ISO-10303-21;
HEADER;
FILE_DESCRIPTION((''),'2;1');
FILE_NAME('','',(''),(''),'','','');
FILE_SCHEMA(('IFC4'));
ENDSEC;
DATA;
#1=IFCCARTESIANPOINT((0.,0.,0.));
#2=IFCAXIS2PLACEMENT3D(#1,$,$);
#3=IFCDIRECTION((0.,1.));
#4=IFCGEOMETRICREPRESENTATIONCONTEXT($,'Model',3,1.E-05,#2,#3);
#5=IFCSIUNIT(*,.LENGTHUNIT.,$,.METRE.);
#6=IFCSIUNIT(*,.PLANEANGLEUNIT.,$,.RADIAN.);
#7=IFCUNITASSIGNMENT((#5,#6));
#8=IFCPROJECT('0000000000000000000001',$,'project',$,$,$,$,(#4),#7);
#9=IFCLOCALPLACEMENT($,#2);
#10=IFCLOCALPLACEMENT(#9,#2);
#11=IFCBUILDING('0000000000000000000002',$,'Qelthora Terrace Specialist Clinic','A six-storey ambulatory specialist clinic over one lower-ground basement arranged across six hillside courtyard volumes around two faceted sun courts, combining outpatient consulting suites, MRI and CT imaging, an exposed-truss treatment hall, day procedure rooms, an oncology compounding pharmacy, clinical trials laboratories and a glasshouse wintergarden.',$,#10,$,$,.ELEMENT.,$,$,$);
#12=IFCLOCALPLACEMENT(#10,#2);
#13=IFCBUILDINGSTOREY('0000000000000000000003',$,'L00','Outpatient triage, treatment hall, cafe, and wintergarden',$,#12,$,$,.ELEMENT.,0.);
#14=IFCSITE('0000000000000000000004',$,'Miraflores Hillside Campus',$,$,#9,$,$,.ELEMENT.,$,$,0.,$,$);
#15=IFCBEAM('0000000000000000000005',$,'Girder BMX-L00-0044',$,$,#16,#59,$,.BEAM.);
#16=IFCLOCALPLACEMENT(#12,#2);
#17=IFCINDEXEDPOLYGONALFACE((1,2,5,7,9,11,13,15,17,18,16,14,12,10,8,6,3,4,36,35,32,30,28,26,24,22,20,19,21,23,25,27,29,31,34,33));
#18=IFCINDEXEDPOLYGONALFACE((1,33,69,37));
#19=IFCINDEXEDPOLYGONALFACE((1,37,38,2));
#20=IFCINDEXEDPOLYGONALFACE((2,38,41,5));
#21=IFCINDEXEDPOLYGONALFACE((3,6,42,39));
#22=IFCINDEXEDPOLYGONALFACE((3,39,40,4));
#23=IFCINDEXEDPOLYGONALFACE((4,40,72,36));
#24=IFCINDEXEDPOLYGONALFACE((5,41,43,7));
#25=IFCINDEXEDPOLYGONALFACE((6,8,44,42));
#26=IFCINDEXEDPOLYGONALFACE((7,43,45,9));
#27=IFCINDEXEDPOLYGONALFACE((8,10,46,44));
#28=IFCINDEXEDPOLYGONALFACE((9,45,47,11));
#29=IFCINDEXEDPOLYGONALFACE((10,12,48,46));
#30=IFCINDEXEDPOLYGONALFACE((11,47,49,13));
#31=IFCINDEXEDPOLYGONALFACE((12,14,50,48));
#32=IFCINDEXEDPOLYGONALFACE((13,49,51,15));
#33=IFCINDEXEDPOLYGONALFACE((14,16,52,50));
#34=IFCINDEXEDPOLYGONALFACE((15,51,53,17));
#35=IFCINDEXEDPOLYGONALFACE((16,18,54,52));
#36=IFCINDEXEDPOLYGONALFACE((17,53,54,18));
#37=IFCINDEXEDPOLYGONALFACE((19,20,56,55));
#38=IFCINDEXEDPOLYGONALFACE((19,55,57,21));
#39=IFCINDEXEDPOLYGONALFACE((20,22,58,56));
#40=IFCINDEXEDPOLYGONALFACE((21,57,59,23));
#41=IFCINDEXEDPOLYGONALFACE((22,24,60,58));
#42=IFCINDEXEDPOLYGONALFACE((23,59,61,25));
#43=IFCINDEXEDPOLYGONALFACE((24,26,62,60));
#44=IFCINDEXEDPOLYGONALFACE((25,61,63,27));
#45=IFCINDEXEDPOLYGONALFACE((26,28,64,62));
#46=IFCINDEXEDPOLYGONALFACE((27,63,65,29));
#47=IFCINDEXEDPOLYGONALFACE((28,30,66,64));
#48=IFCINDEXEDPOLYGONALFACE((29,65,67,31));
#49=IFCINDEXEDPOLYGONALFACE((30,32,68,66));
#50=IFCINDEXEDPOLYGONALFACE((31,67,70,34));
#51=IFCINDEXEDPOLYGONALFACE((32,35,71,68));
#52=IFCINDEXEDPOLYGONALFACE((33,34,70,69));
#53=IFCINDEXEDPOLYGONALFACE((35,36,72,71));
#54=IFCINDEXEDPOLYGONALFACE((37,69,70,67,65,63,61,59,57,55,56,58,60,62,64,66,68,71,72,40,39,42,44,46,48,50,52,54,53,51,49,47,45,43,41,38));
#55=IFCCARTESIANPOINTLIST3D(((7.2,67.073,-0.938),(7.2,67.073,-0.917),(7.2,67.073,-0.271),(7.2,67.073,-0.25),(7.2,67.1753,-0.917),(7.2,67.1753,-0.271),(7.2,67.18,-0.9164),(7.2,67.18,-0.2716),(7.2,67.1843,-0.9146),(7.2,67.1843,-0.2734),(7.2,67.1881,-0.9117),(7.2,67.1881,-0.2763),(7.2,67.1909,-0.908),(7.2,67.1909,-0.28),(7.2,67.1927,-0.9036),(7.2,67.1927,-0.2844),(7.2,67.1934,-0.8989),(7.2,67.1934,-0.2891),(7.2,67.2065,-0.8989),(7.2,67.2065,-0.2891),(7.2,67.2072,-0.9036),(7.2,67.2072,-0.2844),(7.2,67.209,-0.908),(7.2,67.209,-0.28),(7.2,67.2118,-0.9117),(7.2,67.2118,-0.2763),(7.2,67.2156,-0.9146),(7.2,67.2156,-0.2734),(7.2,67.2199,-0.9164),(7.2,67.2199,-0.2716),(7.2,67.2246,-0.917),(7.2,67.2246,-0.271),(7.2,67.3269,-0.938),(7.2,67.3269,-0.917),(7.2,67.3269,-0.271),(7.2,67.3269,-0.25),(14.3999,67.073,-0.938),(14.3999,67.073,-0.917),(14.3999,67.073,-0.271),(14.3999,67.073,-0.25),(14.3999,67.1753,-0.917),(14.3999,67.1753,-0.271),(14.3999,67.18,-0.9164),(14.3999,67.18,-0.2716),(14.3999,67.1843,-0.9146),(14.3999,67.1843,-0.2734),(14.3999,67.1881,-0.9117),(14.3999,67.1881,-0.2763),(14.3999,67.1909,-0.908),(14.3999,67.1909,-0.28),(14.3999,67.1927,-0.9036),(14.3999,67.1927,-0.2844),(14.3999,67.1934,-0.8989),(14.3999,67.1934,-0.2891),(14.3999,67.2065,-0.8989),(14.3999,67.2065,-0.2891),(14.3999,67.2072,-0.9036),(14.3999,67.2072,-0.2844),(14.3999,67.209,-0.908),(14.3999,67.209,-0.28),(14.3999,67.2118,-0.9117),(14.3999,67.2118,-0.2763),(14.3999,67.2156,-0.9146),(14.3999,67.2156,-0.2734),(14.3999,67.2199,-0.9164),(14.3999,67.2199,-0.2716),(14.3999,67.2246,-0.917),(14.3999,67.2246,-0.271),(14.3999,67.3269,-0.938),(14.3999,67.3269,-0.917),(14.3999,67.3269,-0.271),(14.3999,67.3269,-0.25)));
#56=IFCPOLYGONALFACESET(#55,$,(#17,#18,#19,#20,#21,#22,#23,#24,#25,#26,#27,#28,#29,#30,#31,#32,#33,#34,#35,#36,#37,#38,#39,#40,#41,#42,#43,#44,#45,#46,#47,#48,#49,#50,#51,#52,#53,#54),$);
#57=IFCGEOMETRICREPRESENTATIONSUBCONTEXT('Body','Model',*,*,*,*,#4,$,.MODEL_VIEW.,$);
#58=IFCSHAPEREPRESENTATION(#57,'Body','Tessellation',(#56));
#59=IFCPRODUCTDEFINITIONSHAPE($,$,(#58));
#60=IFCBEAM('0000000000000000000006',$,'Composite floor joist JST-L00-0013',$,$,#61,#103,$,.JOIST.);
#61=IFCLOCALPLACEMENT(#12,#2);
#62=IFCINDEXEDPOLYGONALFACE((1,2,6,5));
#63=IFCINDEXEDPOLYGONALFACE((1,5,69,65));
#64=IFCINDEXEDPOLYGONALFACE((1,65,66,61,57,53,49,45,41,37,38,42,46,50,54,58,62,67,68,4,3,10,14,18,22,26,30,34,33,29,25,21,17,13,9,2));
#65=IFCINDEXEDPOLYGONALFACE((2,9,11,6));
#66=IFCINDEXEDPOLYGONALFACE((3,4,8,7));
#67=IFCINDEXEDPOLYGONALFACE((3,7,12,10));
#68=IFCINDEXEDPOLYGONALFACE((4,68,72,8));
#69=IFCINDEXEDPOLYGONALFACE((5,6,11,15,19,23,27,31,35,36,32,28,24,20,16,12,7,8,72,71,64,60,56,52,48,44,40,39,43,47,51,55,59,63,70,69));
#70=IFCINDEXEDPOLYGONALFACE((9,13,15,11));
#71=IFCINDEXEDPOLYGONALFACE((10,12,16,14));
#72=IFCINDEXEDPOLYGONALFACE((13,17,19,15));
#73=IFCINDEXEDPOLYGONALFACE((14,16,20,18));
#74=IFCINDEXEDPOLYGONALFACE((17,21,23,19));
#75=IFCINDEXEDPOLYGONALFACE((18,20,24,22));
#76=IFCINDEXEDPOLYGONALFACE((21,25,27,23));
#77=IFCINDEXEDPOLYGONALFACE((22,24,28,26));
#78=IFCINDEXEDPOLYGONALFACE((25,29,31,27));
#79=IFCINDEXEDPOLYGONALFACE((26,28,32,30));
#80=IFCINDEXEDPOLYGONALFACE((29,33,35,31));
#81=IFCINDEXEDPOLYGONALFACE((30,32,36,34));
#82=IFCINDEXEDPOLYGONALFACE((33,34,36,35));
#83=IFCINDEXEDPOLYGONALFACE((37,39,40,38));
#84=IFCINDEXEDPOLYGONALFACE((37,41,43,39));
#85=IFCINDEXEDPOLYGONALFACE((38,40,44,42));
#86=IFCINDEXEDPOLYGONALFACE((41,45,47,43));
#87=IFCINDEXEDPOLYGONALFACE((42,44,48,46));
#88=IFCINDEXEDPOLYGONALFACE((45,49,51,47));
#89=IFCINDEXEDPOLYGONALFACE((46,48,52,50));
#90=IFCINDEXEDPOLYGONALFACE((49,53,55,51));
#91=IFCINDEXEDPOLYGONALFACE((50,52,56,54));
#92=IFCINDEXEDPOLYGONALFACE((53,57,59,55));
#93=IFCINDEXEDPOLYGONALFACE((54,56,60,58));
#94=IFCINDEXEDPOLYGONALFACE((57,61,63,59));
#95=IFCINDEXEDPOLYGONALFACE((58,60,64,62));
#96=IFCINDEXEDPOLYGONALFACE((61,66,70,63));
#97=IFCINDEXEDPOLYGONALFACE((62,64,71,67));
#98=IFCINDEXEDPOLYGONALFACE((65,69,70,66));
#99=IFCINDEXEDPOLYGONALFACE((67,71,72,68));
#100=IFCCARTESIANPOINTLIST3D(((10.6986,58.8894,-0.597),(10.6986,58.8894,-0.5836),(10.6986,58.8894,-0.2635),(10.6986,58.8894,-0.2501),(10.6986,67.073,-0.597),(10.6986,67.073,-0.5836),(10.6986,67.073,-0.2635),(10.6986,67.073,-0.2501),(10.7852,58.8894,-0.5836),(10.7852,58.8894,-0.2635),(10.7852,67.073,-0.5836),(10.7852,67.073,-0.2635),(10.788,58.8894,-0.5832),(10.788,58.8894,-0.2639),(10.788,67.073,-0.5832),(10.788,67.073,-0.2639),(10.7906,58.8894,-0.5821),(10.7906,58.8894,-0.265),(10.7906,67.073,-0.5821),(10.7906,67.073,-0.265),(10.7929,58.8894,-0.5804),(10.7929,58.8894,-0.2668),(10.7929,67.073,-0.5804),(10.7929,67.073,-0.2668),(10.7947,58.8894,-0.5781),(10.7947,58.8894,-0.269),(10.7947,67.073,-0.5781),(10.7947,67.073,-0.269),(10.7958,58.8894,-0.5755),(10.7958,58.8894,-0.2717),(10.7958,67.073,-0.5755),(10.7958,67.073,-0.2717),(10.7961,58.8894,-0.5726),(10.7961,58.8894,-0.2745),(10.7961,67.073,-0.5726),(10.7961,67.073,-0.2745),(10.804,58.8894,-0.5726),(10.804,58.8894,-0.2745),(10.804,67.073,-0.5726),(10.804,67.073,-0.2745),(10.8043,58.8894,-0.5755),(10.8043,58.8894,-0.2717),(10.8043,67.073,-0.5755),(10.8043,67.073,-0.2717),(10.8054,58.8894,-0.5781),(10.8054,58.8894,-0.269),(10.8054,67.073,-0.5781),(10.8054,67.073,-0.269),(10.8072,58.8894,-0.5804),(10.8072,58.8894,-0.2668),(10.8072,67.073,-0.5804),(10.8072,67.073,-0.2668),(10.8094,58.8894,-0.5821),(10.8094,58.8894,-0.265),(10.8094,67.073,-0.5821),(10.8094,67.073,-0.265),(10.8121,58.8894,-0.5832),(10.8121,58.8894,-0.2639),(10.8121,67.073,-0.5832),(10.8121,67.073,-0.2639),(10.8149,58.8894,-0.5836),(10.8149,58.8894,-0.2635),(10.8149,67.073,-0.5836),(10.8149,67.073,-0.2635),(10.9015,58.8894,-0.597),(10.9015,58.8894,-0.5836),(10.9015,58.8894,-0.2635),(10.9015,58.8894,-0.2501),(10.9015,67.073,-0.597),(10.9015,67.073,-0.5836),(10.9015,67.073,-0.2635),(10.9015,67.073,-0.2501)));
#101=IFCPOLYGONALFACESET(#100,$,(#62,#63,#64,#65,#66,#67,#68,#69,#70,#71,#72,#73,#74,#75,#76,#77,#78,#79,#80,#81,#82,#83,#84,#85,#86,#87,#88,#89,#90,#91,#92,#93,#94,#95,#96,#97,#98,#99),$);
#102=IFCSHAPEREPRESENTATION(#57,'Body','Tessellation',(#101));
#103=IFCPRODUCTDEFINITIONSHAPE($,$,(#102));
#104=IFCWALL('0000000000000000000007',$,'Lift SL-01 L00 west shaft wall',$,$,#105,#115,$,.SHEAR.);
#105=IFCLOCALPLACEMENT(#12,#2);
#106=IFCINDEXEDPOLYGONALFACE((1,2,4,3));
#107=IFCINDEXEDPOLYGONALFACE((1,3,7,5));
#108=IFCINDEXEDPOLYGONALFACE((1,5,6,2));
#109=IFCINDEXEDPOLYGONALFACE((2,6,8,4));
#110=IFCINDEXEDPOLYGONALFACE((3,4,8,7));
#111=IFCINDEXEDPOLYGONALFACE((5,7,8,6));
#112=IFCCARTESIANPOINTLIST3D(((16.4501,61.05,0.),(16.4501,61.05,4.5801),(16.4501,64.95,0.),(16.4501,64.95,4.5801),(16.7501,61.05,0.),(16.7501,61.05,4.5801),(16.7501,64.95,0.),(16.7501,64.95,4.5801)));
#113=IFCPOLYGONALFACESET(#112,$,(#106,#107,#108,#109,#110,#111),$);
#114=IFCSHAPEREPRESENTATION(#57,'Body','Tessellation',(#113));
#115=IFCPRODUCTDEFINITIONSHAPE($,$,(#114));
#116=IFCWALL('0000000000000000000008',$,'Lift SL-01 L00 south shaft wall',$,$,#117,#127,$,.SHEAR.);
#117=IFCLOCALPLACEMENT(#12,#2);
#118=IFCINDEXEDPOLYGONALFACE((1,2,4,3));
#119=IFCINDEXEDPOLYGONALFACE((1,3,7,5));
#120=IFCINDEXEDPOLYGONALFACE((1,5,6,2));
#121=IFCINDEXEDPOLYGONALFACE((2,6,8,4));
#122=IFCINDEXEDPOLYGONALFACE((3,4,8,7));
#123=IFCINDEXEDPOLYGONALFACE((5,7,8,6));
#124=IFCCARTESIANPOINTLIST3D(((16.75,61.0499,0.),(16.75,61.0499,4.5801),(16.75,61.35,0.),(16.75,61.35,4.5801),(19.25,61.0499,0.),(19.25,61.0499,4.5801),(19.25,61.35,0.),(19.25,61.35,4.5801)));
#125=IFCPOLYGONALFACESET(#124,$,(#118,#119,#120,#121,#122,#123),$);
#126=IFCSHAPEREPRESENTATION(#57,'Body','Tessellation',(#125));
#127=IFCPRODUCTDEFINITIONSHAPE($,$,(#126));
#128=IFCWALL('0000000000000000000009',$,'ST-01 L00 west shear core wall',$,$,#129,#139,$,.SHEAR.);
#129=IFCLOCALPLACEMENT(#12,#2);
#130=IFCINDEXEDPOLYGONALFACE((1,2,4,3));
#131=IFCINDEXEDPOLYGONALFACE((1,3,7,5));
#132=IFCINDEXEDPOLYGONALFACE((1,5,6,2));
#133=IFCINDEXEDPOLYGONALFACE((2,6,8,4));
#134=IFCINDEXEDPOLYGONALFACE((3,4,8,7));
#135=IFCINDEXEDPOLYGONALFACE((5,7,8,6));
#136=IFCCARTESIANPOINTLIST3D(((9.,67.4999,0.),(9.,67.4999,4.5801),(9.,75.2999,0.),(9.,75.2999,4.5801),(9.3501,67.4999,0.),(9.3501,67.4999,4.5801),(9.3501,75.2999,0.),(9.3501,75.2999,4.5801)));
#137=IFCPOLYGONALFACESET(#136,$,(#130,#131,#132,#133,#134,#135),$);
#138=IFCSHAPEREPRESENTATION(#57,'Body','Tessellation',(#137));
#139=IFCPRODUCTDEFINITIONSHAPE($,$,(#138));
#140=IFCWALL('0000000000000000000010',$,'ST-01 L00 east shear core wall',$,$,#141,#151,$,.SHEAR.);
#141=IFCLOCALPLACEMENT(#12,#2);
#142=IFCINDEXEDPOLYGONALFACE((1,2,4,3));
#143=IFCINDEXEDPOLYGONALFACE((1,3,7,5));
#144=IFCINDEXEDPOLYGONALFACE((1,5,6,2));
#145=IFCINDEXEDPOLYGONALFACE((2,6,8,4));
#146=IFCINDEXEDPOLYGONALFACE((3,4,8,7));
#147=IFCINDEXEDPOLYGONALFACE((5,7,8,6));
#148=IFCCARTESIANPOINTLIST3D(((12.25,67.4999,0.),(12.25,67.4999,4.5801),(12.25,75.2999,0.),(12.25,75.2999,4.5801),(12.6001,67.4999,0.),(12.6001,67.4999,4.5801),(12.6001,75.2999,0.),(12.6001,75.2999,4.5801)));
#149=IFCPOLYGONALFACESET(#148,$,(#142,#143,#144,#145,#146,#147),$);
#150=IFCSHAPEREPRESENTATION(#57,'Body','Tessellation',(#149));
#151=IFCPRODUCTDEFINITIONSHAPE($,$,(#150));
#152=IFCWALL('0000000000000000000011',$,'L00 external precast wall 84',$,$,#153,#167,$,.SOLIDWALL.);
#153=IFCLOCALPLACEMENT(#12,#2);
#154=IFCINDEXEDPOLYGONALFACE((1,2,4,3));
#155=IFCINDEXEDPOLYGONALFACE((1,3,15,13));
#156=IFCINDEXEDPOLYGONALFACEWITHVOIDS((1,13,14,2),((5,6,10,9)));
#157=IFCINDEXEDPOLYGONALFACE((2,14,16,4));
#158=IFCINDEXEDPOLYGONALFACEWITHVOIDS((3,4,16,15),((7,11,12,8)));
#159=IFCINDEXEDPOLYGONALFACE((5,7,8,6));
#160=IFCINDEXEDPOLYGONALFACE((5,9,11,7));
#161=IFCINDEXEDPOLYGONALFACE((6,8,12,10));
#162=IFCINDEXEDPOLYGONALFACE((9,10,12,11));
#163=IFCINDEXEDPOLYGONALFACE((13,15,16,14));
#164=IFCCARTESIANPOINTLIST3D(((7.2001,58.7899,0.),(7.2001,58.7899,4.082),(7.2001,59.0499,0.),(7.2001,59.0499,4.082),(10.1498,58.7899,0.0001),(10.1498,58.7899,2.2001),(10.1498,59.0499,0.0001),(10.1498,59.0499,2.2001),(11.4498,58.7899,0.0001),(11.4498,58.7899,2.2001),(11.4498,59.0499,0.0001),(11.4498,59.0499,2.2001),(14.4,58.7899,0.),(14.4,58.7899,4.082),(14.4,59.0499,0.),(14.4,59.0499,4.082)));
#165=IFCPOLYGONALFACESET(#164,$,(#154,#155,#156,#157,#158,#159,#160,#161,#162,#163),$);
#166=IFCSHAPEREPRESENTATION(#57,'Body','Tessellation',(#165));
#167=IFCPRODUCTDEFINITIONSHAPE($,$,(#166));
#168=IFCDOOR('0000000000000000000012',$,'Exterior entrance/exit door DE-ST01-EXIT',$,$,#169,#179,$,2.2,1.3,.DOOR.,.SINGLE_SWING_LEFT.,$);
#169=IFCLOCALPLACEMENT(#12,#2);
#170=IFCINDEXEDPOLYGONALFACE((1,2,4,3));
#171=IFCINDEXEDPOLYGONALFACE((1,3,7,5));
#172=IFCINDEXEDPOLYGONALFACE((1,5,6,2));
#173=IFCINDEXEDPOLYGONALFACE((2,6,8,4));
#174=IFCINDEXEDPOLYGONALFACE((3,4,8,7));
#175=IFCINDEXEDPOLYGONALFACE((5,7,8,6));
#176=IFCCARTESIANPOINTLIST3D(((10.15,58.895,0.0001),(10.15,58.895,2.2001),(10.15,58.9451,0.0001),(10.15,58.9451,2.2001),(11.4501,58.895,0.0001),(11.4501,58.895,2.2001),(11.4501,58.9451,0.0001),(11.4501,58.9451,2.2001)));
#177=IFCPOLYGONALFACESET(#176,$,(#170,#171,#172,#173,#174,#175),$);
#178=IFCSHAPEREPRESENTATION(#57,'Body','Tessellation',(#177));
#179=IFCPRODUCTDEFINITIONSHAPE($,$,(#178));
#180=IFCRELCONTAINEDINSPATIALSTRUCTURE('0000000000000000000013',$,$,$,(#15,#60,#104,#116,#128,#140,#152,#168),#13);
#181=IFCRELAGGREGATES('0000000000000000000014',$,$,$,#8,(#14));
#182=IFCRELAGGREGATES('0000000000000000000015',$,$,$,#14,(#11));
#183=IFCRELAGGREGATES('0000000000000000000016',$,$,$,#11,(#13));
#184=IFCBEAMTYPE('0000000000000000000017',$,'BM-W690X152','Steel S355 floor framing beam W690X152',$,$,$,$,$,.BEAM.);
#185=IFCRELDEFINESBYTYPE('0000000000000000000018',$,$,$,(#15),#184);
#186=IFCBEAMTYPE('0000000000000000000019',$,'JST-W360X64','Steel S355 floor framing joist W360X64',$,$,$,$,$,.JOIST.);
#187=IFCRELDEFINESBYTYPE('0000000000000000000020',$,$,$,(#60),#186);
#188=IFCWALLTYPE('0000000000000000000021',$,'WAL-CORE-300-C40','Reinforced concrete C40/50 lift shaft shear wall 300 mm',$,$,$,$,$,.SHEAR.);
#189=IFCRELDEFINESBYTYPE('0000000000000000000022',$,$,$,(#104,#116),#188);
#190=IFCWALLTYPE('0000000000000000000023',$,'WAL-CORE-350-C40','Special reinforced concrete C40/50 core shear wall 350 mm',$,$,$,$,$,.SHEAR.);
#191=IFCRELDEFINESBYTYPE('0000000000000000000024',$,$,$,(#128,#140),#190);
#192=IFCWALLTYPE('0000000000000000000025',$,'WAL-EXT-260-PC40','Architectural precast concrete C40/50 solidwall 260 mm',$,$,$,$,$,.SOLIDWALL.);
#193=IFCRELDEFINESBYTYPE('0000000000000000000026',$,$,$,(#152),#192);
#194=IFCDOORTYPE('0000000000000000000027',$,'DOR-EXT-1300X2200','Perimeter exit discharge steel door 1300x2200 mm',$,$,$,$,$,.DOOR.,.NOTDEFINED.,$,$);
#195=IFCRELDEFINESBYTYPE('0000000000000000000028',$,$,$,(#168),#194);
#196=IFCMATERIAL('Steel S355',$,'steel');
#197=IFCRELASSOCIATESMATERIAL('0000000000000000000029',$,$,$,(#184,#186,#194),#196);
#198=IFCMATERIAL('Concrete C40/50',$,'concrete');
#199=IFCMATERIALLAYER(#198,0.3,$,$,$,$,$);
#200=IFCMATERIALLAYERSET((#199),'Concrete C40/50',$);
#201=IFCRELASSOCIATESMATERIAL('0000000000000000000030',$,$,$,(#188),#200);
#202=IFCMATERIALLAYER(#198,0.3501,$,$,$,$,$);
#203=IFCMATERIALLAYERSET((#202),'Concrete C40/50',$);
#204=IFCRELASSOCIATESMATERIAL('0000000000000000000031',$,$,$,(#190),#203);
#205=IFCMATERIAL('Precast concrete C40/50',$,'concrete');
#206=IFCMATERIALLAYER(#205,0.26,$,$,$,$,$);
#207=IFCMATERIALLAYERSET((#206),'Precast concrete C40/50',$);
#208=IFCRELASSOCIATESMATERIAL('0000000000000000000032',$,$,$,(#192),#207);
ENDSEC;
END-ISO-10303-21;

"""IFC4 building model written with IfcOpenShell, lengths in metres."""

from ifc_helpers import new_model, si_unit, direction, frame, frame_2d, origin, origin_2d, place, context, subcontext, project, spatial, rectangle, i_section, extrude, material, layer, layer_set, material_profile, profile_set, type_object, element, fill, save


model = new_model("IFC4")

# Units and contexts
model_context = context("Model", 3, precision=1e-05, world=origin(), true_north=direction((0.0, 1.0)))
body_context = subcontext(model_context, "Body", "Model", "MODEL_VIEW")
ifc_project = project(units=[si_unit("LENGTHUNIT", "METRE"), si_unit("PLANEANGLEUNIT", "RADIAN")], contexts=[model_context])

# Site, building, storey
site_placement = place(None, origin())
site = spatial("IfcSite", under=ifc_project, at=site_placement, Name="Miraflores Hillside Campus", CompositionType="ELEMENT", RefElevation=0.0)
building_placement = place(site_placement, origin())
building = spatial("IfcBuilding", under=site, at=building_placement, Name="Qelthora Terrace Specialist Clinic", Description="A six-storey ambulatory specialist clinic over one lower-ground basement arranged across six hillside courtyard volumes around two faceted sun courts, combining outpatient consulting suites, MRI and CT imaging, an exposed-truss treatment hall, day procedure rooms, an oncology compounding pharmacy, clinical trials laboratories and a glasshouse wintergarden.", CompositionType="ELEMENT")
storey_placement = place(building_placement, origin())
storey = spatial("IfcBuildingStorey", under=building, at=storey_placement, Name="L00", Description="Outpatient triage, treatment hall, cafe, and wintergarden", CompositionType="ELEMENT", Elevation=0.0)

# Shared definitions
ifc_material_1 = material(Name="Steel S355", Category="steel")

# Beams
ifc_material_profile_1 = material_profile(ifc_material_1, i_section(OverallWidth=0.2539, OverallDepth=0.688, WebThickness=0.0132, FlangeThickness=0.021, FilletRadius=0.0181, at=origin_2d()), Name="W690X152")
ifc_profile_set_1 = profile_set([ifc_material_profile_1], Name="Steel S355")
beam_type_1 = type_object("IfcBeamType", Name="BM-W690X152", Description="Steel S355 floor framing beam W690X152", PredefinedType="BEAM", material=ifc_profile_set_1)
beam_1_placement = place(storey_placement, frame((7.2, 67.2, -0.594), z_axis=(1.0, 0.0, 0.0), x_axis=(0.0, 1.0, 0.0)))
element("IfcBeam", 1, at=beam_1_placement, inside=storey, type_object=beam_type_1, Name="Girder BMX-L00-0044", PredefinedType="BEAM", context=body_context, shape_type="SweptSolid", body=[
    extrude(i_section(OverallWidth=0.2539, OverallDepth=0.688, WebThickness=0.0132, FlangeThickness=0.021, FilletRadius=0.0181, at=origin_2d()), origin(), (0.0, 0.0, 1.0), 7.2),
])
ifc_material_profile_2 = material_profile(ifc_material_1, i_section(OverallWidth=0.2029, OverallDepth=0.3469, WebThickness=0.0078, FlangeThickness=0.0134, FilletRadius=0.011, at=origin_2d()), Name="W360X64")
ifc_profile_set_2 = profile_set([ifc_material_profile_2], Name="Steel S355")
beam_type_2 = type_object("IfcBeamType", Name="JST-W360X64", Description="Steel S355 floor framing joist W360X64", PredefinedType="JOIST", material=ifc_profile_set_2)
beam_2_placement = place(storey_placement, frame((10.8, 58.8894, -0.4236), z_axis=(0.0, 1.0, 0.0), x_axis=(-1.0, 0.0, 0.0)))
element("IfcBeam", 2, at=beam_2_placement, inside=storey, type_object=beam_type_2, Name="Composite floor joist JST-L00-0013", PredefinedType="JOIST", context=body_context, shape_type="SweptSolid", body=[
    extrude(i_section(OverallWidth=0.2029, OverallDepth=0.3469, WebThickness=0.0078, FlangeThickness=0.0134, FilletRadius=0.011, at=origin_2d()), origin(), (0.0, 0.0, 1.0), 8.1836),
])

# Wall
ifc_material_2 = material(Name="Concrete C40/50", Category="concrete")
ifc_layer_1 = layer(ifc_material_2, 0.3)
ifc_layer_set_1 = layer_set([ifc_layer_1], Name="Concrete C40/50")
wall_type_1 = type_object("IfcWallType", Name="WAL-CORE-300-C40", Description="Reinforced concrete C40/50 lift shaft shear wall 300 mm", PredefinedType="SHEAR", material=ifc_layer_set_1)
wall_1_placement = place(storey_placement, frame((16.6001, 61.05, 0.0), z_axis=(0.0, 0.0, 1.0), x_axis=(0.0, 1.0, 0.0)))
element("IfcWall", 3, at=wall_1_placement, inside=storey, type_object=wall_type_1, Name="Lift SL-01 L00 west shaft wall", PredefinedType="SHEAR", context=body_context, shape_type="SweptSolid", body=[
    extrude(rectangle(XDim=3.8999, YDim=0.3, at=frame_2d((1.95, 0.0))), origin(), (0.0, 0.0, 1.0), 4.5801),
])

# Walls
wall_2_placement = place(storey_placement, frame((16.75, 61.2, 0.0), z_axis=(0.0, 0.0, 1.0), x_axis=(1.0, 0.0, 0.0)))
element("IfcWall", 4, at=wall_2_placement, inside=storey, type_object=wall_type_1, Name="Lift SL-01 L00 south shaft wall", PredefinedType="SHEAR", context=body_context, shape_type="SweptSolid", body=[
    extrude(rectangle(XDim=2.5, YDim=0.3, at=frame_2d((1.25, 0.0))), origin(), (0.0, 0.0, 1.0), 4.5801),
])
ifc_layer_2 = layer(ifc_material_2, 0.3501)
ifc_layer_set_2 = layer_set([ifc_layer_2], Name="Concrete C40/50")
wall_type_2 = type_object("IfcWallType", Name="WAL-CORE-350-C40", Description="Special reinforced concrete C40/50 core shear wall 350 mm", PredefinedType="SHEAR", material=ifc_layer_set_2)
for number, where, z_axis, x_axis, name in (
    (5, (9.175, 67.5, 0.0), (0.0, 0.0, 1.0), (0.0, 1.0, 0.0), "ST-01 L00 west shear core wall"),
    (6, (12.425, 67.5, 0.0), (0.0, 0.0, 1.0), (0.0, 1.0, 0.0), "ST-01 L00 east shear core wall"),
):
    element("IfcWall", number, at=place(storey_placement, frame(where, z_axis=z_axis, x_axis=x_axis)), inside=storey, type_object=wall_type_2, Name=name, PredefinedType="SHEAR", context=body_context, shape_type="SweptSolid", body=[
        extrude(rectangle(XDim=7.8, YDim=0.3501, at=frame_2d((3.8999, 0.0))), origin(), (0.0, 0.0, 1.0), 4.5801),
    ])

# Wall, opening, door
ifc_material_3 = material(Name="Precast concrete C40/50", Category="concrete")
ifc_layer_3 = layer(ifc_material_3, 0.26)
ifc_layer_set_3 = layer_set([ifc_layer_3], Name="Precast concrete C40/50")
wall_type_3 = type_object("IfcWallType", Name="WAL-EXT-260-PC40", Description="Architectural precast concrete C40/50 solidwall 260 mm", PredefinedType="SOLIDWALL", material=ifc_layer_set_3)
wall_3_placement = place(storey_placement, frame((7.2, 58.9199, 0.0), z_axis=(0.0, 0.0, 1.0), x_axis=(1.0, 0.0, 0.0)))
wall_3 = element("IfcWall", 7, at=wall_3_placement, inside=storey, type_object=wall_type_3, Name="L00 external precast wall 84", PredefinedType="SOLIDWALL", context=body_context, shape_type="SweptSolid", body=[
    extrude(rectangle(XDim=7.2, YDim=0.26, at=frame_2d((3.6001, 0.0))), origin(), (0.0, 0.0, 1.0), 4.082),
])
opening_1_placement = place(wall_3_placement, frame((2.95, 0.0, 0.0)))
opening_1 = element("IfcOpeningElement", 8, at=opening_1_placement, cuts=wall_3, PredefinedType="OPENING", context=body_context, shape_type="SweptSolid", body=[
    extrude(rectangle(XDim=1.3, YDim=2.2, at=frame_2d((0.6499, 1.1001))), frame((0.0, 0.1399, 0.0), z_axis=(0.0, -1.0, 0.0), x_axis=(1.0, 0.0, 0.0)), (0.0, 0.0, 1.0), 0.28),
])
door_type_1 = type_object("IfcDoorType", Name="DOR-EXT-1300X2200", Description="Perimeter exit discharge steel door 1300x2200 mm", OperationType="NOTDEFINED", PredefinedType="DOOR", material=ifc_material_1)
door_1_placement = place(opening_1_placement, frame((1.3, 0.0, 0.0), z_axis=(0.0, 0.0, 1.0), x_axis=(-1.0, 0.0, 0.0)))
door_1 = element("IfcDoor", 9, at=door_1_placement, inside=storey, type_object=door_type_1, Name="Exterior entrance/exit door DE-ST01-EXIT", OperationType="SINGLE_SWING_LEFT", OverallHeight=2.2, OverallWidth=1.3, PredefinedType="DOOR", context=body_context, shape_type="SweptSolid", body=[
    extrude(rectangle(XDim=1.3, YDim=2.2, at=frame_2d((0.6499, 1.1001))), frame((0.0, 0.0249, 0.0), z_axis=(0.0, -1.0, 0.0), x_axis=(1.0, 0.0, 0.0)), (0.0, 0.0, 1.0), 0.05),
])
fill(opening_1, door_1)

save(model, "model.ifc")
